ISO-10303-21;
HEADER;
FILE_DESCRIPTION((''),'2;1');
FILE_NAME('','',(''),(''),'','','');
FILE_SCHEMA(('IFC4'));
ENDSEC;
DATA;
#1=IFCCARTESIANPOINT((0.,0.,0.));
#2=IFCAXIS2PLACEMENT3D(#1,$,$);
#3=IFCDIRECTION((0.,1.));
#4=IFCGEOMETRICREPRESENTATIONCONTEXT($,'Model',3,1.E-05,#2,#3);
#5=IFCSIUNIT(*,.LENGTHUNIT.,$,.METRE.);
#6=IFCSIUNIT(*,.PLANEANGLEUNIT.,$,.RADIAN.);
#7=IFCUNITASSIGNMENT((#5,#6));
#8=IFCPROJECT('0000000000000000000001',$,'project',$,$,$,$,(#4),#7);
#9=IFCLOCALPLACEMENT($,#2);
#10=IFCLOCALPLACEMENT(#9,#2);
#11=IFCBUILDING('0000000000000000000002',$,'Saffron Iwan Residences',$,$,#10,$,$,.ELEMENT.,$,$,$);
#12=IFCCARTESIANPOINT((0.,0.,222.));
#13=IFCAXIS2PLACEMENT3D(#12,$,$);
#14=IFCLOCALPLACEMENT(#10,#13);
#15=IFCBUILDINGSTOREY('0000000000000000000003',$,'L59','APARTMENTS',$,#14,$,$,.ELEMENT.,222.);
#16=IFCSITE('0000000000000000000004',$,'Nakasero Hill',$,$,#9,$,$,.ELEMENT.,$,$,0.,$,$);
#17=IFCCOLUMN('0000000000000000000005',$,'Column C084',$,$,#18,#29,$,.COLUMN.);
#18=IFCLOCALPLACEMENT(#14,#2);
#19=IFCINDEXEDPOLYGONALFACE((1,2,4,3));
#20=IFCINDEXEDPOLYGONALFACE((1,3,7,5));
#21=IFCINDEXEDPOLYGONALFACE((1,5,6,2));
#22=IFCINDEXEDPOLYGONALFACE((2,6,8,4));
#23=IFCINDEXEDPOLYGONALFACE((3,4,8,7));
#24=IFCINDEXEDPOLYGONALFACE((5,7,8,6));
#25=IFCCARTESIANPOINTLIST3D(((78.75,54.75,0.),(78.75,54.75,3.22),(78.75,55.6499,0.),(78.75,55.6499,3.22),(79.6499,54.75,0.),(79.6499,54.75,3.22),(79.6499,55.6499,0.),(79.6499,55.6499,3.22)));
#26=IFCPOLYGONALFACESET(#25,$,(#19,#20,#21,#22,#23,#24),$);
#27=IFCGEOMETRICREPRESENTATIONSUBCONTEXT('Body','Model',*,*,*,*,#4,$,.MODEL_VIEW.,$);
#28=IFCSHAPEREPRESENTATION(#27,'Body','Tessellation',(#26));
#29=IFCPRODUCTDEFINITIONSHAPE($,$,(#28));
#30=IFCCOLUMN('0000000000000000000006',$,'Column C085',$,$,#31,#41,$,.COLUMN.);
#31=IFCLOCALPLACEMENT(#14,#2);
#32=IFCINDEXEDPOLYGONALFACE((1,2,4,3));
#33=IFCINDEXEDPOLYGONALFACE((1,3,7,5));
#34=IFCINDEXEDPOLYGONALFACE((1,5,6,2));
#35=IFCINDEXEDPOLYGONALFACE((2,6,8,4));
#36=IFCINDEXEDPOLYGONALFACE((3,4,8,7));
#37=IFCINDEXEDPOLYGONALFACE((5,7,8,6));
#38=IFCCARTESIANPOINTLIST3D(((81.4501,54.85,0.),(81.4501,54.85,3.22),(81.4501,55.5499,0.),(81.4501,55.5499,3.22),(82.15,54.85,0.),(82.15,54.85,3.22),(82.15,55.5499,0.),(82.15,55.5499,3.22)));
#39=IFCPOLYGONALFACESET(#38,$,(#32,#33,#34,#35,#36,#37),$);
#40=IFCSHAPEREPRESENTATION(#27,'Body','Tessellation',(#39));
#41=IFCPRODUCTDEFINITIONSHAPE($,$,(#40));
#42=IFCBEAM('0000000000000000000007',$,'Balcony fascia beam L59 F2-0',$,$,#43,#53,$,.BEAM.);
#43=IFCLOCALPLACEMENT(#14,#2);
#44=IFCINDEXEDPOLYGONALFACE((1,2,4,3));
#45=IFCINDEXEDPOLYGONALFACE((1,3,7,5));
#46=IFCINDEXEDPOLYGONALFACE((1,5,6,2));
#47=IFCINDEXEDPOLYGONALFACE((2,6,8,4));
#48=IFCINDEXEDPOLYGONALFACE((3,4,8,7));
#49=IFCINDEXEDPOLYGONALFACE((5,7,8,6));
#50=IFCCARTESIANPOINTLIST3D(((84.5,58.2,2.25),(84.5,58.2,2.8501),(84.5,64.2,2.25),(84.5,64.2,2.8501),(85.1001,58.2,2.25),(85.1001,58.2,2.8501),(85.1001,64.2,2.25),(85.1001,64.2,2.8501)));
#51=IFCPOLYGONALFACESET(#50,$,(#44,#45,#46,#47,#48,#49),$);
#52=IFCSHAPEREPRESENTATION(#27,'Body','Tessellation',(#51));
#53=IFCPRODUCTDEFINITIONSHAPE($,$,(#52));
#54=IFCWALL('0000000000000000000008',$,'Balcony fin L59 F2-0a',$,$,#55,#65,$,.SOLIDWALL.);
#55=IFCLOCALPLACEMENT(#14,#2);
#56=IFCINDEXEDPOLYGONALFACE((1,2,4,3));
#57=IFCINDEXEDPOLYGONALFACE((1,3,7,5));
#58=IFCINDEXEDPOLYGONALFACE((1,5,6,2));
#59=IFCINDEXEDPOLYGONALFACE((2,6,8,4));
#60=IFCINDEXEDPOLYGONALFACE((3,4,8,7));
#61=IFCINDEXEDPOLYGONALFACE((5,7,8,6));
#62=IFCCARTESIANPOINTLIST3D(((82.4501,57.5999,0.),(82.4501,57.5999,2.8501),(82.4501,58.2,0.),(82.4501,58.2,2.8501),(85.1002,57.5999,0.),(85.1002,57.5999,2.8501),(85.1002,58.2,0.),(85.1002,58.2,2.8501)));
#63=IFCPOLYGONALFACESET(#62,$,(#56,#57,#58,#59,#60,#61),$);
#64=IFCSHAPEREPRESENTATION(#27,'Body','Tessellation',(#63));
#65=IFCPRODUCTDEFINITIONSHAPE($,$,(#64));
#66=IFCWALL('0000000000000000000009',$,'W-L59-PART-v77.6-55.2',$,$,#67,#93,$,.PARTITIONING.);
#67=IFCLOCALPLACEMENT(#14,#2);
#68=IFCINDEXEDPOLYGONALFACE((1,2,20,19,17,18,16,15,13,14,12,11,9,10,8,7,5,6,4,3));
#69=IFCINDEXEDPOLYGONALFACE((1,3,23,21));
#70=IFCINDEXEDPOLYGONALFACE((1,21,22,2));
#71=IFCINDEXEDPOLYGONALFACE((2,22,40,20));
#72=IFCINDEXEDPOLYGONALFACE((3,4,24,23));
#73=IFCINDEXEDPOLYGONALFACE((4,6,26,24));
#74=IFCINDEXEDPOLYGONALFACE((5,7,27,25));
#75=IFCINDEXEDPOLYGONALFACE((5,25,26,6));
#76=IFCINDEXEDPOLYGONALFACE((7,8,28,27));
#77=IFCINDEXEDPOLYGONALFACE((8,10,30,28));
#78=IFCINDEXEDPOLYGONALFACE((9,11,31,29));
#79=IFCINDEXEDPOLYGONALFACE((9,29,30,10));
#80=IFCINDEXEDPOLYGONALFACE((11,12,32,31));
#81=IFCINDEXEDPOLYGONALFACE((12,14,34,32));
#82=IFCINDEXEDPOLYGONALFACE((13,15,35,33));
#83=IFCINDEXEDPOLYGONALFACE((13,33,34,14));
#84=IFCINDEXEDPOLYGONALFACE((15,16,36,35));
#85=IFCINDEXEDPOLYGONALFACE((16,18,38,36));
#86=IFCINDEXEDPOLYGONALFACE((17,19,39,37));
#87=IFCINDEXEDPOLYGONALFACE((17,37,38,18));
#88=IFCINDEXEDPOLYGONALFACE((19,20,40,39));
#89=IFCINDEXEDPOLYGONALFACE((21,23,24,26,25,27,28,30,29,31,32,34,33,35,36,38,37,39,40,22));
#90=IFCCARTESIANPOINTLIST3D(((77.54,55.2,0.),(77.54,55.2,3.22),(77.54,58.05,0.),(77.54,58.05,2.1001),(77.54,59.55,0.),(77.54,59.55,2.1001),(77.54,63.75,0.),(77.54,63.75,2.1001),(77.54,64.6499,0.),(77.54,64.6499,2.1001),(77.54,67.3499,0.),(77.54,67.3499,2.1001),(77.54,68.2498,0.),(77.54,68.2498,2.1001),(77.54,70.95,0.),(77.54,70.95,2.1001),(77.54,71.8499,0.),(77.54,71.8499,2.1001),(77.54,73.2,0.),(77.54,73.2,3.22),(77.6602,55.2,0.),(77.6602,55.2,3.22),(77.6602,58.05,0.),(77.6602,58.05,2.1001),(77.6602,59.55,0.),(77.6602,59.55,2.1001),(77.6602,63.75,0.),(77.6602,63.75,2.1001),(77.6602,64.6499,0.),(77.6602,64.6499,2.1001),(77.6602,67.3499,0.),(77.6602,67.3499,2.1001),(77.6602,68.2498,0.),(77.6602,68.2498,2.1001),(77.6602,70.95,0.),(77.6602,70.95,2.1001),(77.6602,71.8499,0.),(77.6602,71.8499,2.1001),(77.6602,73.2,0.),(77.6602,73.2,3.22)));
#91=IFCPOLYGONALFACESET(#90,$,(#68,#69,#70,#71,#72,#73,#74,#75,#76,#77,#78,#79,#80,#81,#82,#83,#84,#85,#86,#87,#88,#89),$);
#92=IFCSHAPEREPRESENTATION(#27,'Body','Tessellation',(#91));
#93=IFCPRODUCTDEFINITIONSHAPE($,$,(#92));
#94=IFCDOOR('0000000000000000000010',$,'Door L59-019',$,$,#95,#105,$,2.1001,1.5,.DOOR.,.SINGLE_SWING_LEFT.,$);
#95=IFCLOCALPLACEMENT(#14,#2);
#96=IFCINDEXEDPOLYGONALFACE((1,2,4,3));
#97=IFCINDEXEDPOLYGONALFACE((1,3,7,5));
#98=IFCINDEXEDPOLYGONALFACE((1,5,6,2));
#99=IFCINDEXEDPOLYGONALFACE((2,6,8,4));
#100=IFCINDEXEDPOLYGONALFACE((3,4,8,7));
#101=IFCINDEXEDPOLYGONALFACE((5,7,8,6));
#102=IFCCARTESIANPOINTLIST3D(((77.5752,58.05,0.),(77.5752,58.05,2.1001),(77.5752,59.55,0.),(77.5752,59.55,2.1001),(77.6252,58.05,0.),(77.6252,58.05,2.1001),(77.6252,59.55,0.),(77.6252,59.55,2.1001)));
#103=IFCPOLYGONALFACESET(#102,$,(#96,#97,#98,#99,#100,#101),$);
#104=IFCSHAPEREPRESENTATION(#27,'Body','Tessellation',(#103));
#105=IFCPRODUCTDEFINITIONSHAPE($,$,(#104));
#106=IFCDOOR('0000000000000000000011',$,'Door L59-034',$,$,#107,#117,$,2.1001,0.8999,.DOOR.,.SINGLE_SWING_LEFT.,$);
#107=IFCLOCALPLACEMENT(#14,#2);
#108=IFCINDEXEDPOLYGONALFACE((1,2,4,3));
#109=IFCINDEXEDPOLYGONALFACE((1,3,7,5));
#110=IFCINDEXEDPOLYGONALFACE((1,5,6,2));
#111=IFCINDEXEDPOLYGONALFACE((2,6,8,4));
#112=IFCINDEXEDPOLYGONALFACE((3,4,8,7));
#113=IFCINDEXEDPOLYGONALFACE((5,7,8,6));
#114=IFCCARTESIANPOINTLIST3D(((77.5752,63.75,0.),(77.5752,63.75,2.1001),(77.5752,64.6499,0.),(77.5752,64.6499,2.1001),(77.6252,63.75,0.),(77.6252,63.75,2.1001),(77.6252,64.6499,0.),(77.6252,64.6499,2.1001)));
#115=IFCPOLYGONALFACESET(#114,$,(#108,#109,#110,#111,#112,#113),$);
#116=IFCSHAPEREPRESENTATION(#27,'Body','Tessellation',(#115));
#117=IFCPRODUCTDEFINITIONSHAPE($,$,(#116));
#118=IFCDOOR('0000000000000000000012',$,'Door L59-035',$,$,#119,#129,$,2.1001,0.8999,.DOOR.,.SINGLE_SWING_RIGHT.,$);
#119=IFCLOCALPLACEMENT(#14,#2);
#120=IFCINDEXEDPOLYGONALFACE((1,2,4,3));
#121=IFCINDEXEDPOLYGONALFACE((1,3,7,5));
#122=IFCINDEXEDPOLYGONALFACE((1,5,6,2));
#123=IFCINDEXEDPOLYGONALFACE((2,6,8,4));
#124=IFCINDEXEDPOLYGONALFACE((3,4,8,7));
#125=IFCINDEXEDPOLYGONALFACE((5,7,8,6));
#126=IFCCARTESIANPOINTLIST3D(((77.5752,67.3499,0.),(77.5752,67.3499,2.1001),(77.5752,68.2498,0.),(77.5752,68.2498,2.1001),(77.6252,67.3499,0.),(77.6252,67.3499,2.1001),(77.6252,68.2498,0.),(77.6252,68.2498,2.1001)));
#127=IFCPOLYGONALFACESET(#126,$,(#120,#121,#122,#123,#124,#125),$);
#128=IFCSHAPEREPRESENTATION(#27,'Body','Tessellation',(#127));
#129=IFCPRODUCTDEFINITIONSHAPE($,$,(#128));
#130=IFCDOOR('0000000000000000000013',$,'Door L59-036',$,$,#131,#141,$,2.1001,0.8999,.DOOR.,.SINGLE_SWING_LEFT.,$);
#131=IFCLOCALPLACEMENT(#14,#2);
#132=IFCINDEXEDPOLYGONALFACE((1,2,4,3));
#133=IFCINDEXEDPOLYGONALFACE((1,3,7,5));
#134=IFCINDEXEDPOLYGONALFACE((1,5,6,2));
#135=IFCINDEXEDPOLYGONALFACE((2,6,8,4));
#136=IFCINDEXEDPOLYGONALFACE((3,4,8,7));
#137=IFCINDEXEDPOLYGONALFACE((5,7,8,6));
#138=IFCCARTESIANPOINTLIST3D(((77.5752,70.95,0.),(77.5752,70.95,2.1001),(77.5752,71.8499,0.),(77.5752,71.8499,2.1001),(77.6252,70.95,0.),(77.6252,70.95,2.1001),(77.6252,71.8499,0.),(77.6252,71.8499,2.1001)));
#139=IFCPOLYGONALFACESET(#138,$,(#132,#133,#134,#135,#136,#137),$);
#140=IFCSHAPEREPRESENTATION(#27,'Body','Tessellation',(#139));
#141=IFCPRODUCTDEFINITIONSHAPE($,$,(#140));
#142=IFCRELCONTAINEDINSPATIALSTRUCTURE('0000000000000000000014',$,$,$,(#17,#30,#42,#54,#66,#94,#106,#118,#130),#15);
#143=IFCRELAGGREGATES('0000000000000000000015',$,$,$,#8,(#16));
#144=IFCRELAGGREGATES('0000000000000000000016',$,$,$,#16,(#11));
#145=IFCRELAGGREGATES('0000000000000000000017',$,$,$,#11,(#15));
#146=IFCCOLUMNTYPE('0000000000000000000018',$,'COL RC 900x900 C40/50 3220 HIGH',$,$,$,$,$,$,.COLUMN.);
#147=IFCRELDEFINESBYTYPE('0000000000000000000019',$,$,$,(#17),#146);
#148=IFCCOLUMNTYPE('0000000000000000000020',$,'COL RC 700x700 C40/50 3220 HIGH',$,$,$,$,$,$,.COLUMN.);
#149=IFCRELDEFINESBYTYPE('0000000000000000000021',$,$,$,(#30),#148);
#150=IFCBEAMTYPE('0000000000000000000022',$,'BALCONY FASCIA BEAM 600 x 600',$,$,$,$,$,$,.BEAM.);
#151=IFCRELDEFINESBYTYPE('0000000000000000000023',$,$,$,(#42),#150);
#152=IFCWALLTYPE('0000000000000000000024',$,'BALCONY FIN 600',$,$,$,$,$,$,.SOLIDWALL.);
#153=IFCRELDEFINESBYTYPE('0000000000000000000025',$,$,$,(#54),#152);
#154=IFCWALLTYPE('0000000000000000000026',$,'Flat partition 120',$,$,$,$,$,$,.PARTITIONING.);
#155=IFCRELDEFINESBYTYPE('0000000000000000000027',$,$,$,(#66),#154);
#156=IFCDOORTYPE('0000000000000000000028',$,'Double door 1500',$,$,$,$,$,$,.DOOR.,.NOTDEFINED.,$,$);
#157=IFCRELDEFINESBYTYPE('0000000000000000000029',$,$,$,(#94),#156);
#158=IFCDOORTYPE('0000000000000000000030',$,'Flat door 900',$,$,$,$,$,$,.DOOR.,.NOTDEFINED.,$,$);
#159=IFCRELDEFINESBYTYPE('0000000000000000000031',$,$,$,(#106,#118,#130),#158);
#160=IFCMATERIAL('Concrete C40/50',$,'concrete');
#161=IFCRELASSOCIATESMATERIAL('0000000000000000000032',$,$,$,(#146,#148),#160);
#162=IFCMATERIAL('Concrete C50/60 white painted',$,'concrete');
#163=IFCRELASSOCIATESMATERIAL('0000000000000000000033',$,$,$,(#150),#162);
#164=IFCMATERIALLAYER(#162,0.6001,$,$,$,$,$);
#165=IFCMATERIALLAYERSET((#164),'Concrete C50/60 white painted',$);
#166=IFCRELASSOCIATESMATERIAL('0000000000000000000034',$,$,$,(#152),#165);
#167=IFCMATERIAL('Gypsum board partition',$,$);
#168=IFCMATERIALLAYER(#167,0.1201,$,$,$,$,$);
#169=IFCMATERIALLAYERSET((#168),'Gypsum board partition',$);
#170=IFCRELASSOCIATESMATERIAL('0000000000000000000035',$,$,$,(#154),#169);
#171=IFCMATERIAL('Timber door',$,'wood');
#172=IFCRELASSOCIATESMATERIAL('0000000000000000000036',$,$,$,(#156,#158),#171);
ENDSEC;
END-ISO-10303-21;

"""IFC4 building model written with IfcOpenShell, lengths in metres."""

from ifc_helpers import new_model, si_unit, direction, frame, frame_2d, origin, origin_2d, place, context, subcontext, project, spatial, rectangle, extrude, source, transform, mapped, material, layer, layer_set, material_profile, profile_set, type_object, element, fill, save


model = new_model("IFC4")

# Units and contexts
model_context = context("Model", 3, precision=1e-05, world=origin(), true_north=direction((0.0, 1.0)))
body_context = subcontext(model_context, "Body", "Model", "MODEL_VIEW")
ifc_project = project(units=[si_unit("LENGTHUNIT", "METRE"), si_unit("PLANEANGLEUNIT", "RADIAN")], contexts=[model_context])

# Site, building, storey
site_placement = place(None, origin())
site = spatial("IfcSite", under=ifc_project, at=site_placement, Name="Nakasero Hill", CompositionType="ELEMENT", RefElevation=0.0)
building_placement = place(site_placement, origin())
building = spatial("IfcBuilding", under=site, at=building_placement, Name="Saffron Iwan Residences", CompositionType="ELEMENT")
storey_placement = place(building_placement, frame((0.0, 0.0, 222.0)))
storey = spatial("IfcBuildingStorey", under=building, at=storey_placement, Name="L59", Description="APARTMENTS", CompositionType="ELEMENT", Elevation=222.0)

# Columns
ifc_material_1 = material(Name="Concrete C40/50", Category="concrete")
ifc_material_profile_1 = material_profile(ifc_material_1, rectangle(XDim=0.8999, YDim=0.8999, at=origin_2d()), Name="RC 900x900")
ifc_profile_set_1 = profile_set([ifc_material_profile_1], Name="Concrete C40/50")
column_type_1 = type_object("IfcColumnType", Name="COL RC 900x900 C40/50 3220 HIGH", PredefinedType="COLUMN", material=ifc_profile_set_1)
shared_shape_1 = source(origin(), body_context, "Body", "SweptSolid", [
    extrude(rectangle(XDim=0.8999, YDim=0.8999, at=origin_2d()), origin(), (0.0, 0.0, 1.0), 3.22),
])
column_1_placement = place(storey_placement, frame((79.2, 55.2, 0.0), z_axis=(0.0, 0.0, 1.0), x_axis=(1.0, 0.0, 0.0)))
element("IfcColumn", 1, at=column_1_placement, inside=storey, type_object=column_type_1, Name="Column C084", PredefinedType="COLUMN", context=body_context, shape_type="MappedRepresentation", body=[
    mapped(shared_shape_1, transform((0.0, 0.0, 0.0))),
])
ifc_material_profile_2 = material_profile(ifc_material_1, rectangle(XDim=0.7, YDim=0.7, at=origin_2d()), Name="RC 700x700")
ifc_profile_set_2 = profile_set([ifc_material_profile_2], Name="Concrete C40/50")
column_type_2 = type_object("IfcColumnType", Name="COL RC 700x700 C40/50 3220 HIGH", PredefinedType="COLUMN", material=ifc_profile_set_2)
shared_shape_2 = source(origin(), body_context, "Body", "SweptSolid", [
    extrude(rectangle(XDim=0.7, YDim=0.7, at=origin_2d()), origin(), (0.0, 0.0, 1.0), 3.22),
])
column_2_placement = place(storey_placement, frame((81.8, 55.2, 0.0), z_axis=(0.0, 0.0, 1.0), x_axis=(1.0, 0.0, 0.0)))
element("IfcColumn", 2, at=column_2_placement, inside=storey, type_object=column_type_2, Name="Column C085", PredefinedType="COLUMN", context=body_context, shape_type="MappedRepresentation", body=[
    mapped(shared_shape_2, transform((0.0, 0.0, 0.0))),
])

# Beam
ifc_material_2 = material(Name="Concrete C50/60 white painted", Category="concrete")
ifc_material_profile_3 = material_profile(ifc_material_2, rectangle(XDim=0.6001, YDim=0.6001, at=origin_2d()), Name="BALCONY FASCIA BEAM 600 x 600")
ifc_profile_set_3 = profile_set([ifc_material_profile_3], Name="Concrete C50/60 white painted")
beam_type = type_object("IfcBeamType", Name="BALCONY FASCIA BEAM 600 x 600", PredefinedType="BEAM", material=ifc_profile_set_3)
shared_shape_3 = source(origin(), body_context, "Body", "SweptSolid", [
    extrude(rectangle(XDim=0.6001, YDim=0.6001, at=origin_2d()), origin(), (0.0, 0.0, 1.0), 6.0),
])
beam_placement = place(storey_placement, frame((84.8, 58.2, 2.55), z_axis=(0.0, 1.0, 0.0), x_axis=(-1.0, 0.0, 0.0)))
element("IfcBeam", 3, at=beam_placement, inside=storey, type_object=beam_type, Name="Balcony fascia beam L59 F2-0", PredefinedType="BEAM", context=body_context, shape_type="MappedRepresentation", body=[
    mapped(shared_shape_3, transform((0.0, 0.0, 0.0))),
])

# Wall
ifc_layer_1 = layer(ifc_material_2, 0.6001)
ifc_layer_set_1 = layer_set([ifc_layer_1], Name="Concrete C50/60 white painted")
wall_type_1 = type_object("IfcWallType", Name="BALCONY FIN 600", PredefinedType="SOLIDWALL", material=ifc_layer_set_1)
wall_1_placement = place(storey_placement, frame((82.45, 57.8999, 0.0), z_axis=(0.0, 0.0, 1.0), x_axis=(1.0, 0.0, 0.0)))
element("IfcWall", 4, at=wall_1_placement, inside=storey, type_object=wall_type_1, Name="Balcony fin L59 F2-0a", PredefinedType="SOLIDWALL", context=body_context, shape_type="SweptSolid", body=[
    extrude(rectangle(XDim=2.6501, YDim=0.6001, at=frame_2d((1.3252, 0.0))), origin(), (0.0, 0.0, 1.0), 2.8501),
])

# Wall, openings, doors
ifc_material_3 = material(Name="Gypsum board partition")
ifc_layer_2 = layer(ifc_material_3, 0.1201)
ifc_layer_set_2 = layer_set([ifc_layer_2], Name="Gypsum board partition")
wall_type_2 = type_object("IfcWallType", Name="Flat partition 120", PredefinedType="PARTITIONING", material=ifc_layer_set_2)
wall_2_placement = place(storey_placement, frame((77.6001, 55.2, 0.0), z_axis=(0.0, 0.0, 1.0), x_axis=(0.0, 1.0, 0.0)))
wall_2 = element("IfcWall", 5, at=wall_2_placement, inside=storey, type_object=wall_type_2, Name="W-L59-PART-v77.6-55.2", PredefinedType="PARTITIONING", context=body_context, shape_type="SweptSolid", body=[
    extrude(rectangle(XDim=18.0, YDim=0.1201, at=frame_2d((9.0, 0.0))), origin(), (0.0, 0.0, 1.0), 3.22),
])
opening_1_placement = place(wall_2_placement, frame((2.8501, 0.0, 0.0)))
opening_1 = element("IfcOpeningElement", 6, at=opening_1_placement, cuts=wall_2, PredefinedType="OPENING", context=body_context, shape_type="SweptSolid", body=[
    extrude(rectangle(XDim=1.5, YDim=2.1001, at=frame_2d((0.75, 1.05))), frame((0.0, 0.0701, 0.0), z_axis=(0.0, -1.0, 0.0), x_axis=(1.0, 0.0, 0.0)), (0.0, 0.0, 1.0), 0.1401),
])
opening_2_placement = place(wall_2_placement, frame((8.55, 0.0, 0.0)))
opening_2 = element("IfcOpeningElement", 7, at=opening_2_placement, cuts=wall_2, PredefinedType="OPENING", context=body_context, shape_type="SweptSolid", body=[
    extrude(rectangle(XDim=0.8999, YDim=2.1001, at=frame_2d((0.45, 1.05))), frame((0.0, 0.0701, 0.0), z_axis=(0.0, -1.0, 0.0), x_axis=(1.0, 0.0, 0.0)), (0.0, 0.0, 1.0), 0.1401),
])
opening_3_placement = place(wall_2_placement, frame((12.1499, 0.0, 0.0)))
opening_3 = element("IfcOpeningElement", 8, at=opening_3_placement, cuts=wall_2, PredefinedType="OPENING", context=body_context, shape_type="SweptSolid", body=[
    extrude(rectangle(XDim=0.8999, YDim=2.1001, at=frame_2d((0.45, 1.05))), frame((0.0, 0.0701, 0.0), z_axis=(0.0, -1.0, 0.0), x_axis=(1.0, 0.0, 0.0)), (0.0, 0.0, 1.0), 0.1401),
])
opening_4_placement = place(wall_2_placement, frame((15.75, 0.0, 0.0)))
opening_4 = element("IfcOpeningElement", 9, at=opening_4_placement, cuts=wall_2, PredefinedType="OPENING", context=body_context, shape_type="SweptSolid", body=[
    extrude(rectangle(XDim=0.8999, YDim=2.1001, at=frame_2d((0.45, 1.05))), frame((0.0, 0.0701, 0.0), z_axis=(0.0, -1.0, 0.0), x_axis=(1.0, 0.0, 0.0)), (0.0, 0.0, 1.0), 0.1401),
])
ifc_material_4 = material(Name="Timber door", Category="wood")
door_type_1 = type_object("IfcDoorType", Name="Double door 1500", OperationType="NOTDEFINED", PredefinedType="DOOR", material=ifc_material_4)
door_1_placement = place(opening_1_placement, origin())
door_1 = element("IfcDoor", 10, at=door_1_placement, inside=storey, type_object=door_type_1, Name="Door L59-019", OperationType="SINGLE_SWING_LEFT", OverallHeight=2.1001, OverallWidth=1.5, PredefinedType="DOOR", context=body_context, shape_type="SweptSolid", body=[
    extrude(rectangle(XDim=1.5, YDim=2.1001, at=frame_2d((0.75, 1.05))), frame((0.0, 0.0249, 0.0), z_axis=(0.0, -1.0, 0.0), x_axis=(1.0, 0.0, 0.0)), (0.0, 0.0, 1.0), 0.05),
])
fill(opening_1, door_1)
door_type_2 = type_object("IfcDoorType", Name="Flat door 900", OperationType="NOTDEFINED", PredefinedType="DOOR", material=ifc_material_4)
door_2_placement = place(opening_2_placement, origin())
door_2 = element("IfcDoor", 11, at=door_2_placement, inside=storey, type_object=door_type_2, Name="Door L59-034", OperationType="SINGLE_SWING_LEFT", OverallHeight=2.1001, OverallWidth=0.8999, PredefinedType="DOOR", context=body_context, shape_type="SweptSolid", body=[
    extrude(rectangle(XDim=0.8999, YDim=2.1001, at=frame_2d((0.45, 1.05))), frame((0.0, 0.0249, 0.0), z_axis=(0.0, -1.0, 0.0), x_axis=(1.0, 0.0, 0.0)), (0.0, 0.0, 1.0), 0.05),
])
fill(opening_2, door_2)
door_3_placement = place(opening_3_placement, origin())
door_3 = element("IfcDoor", 12, at=door_3_placement, inside=storey, type_object=door_type_2, Name="Door L59-035", OperationType="SINGLE_SWING_RIGHT", OverallHeight=2.1001, OverallWidth=0.8999, PredefinedType="DOOR", context=body_context, shape_type="SweptSolid", body=[
    extrude(rectangle(XDim=0.8999, YDim=2.1001, at=frame_2d((0.45, 1.05))), frame((0.0, 0.0249, 0.0), z_axis=(0.0, -1.0, 0.0), x_axis=(1.0, 0.0, 0.0)), (0.0, 0.0, 1.0), 0.05),
])
fill(opening_3, door_3)
door_4_placement = place(opening_4_placement, origin())
door_4 = element("IfcDoor", 13, at=door_4_placement, inside=storey, type_object=door_type_2, Name="Door L59-036", OperationType="SINGLE_SWING_LEFT", OverallHeight=2.1001, OverallWidth=0.8999, PredefinedType="DOOR", context=body_context, shape_type="SweptSolid", body=[
    extrude(rectangle(XDim=0.8999, YDim=2.1001, at=frame_2d((0.45, 1.05))), frame((0.0, 0.0249, 0.0), z_axis=(0.0, -1.0, 0.0), x_axis=(1.0, 0.0, 0.0)), (0.0, 0.0, 1.0), 0.05),
])
fill(opening_4, door_4)

save(model, "model.ifc")
